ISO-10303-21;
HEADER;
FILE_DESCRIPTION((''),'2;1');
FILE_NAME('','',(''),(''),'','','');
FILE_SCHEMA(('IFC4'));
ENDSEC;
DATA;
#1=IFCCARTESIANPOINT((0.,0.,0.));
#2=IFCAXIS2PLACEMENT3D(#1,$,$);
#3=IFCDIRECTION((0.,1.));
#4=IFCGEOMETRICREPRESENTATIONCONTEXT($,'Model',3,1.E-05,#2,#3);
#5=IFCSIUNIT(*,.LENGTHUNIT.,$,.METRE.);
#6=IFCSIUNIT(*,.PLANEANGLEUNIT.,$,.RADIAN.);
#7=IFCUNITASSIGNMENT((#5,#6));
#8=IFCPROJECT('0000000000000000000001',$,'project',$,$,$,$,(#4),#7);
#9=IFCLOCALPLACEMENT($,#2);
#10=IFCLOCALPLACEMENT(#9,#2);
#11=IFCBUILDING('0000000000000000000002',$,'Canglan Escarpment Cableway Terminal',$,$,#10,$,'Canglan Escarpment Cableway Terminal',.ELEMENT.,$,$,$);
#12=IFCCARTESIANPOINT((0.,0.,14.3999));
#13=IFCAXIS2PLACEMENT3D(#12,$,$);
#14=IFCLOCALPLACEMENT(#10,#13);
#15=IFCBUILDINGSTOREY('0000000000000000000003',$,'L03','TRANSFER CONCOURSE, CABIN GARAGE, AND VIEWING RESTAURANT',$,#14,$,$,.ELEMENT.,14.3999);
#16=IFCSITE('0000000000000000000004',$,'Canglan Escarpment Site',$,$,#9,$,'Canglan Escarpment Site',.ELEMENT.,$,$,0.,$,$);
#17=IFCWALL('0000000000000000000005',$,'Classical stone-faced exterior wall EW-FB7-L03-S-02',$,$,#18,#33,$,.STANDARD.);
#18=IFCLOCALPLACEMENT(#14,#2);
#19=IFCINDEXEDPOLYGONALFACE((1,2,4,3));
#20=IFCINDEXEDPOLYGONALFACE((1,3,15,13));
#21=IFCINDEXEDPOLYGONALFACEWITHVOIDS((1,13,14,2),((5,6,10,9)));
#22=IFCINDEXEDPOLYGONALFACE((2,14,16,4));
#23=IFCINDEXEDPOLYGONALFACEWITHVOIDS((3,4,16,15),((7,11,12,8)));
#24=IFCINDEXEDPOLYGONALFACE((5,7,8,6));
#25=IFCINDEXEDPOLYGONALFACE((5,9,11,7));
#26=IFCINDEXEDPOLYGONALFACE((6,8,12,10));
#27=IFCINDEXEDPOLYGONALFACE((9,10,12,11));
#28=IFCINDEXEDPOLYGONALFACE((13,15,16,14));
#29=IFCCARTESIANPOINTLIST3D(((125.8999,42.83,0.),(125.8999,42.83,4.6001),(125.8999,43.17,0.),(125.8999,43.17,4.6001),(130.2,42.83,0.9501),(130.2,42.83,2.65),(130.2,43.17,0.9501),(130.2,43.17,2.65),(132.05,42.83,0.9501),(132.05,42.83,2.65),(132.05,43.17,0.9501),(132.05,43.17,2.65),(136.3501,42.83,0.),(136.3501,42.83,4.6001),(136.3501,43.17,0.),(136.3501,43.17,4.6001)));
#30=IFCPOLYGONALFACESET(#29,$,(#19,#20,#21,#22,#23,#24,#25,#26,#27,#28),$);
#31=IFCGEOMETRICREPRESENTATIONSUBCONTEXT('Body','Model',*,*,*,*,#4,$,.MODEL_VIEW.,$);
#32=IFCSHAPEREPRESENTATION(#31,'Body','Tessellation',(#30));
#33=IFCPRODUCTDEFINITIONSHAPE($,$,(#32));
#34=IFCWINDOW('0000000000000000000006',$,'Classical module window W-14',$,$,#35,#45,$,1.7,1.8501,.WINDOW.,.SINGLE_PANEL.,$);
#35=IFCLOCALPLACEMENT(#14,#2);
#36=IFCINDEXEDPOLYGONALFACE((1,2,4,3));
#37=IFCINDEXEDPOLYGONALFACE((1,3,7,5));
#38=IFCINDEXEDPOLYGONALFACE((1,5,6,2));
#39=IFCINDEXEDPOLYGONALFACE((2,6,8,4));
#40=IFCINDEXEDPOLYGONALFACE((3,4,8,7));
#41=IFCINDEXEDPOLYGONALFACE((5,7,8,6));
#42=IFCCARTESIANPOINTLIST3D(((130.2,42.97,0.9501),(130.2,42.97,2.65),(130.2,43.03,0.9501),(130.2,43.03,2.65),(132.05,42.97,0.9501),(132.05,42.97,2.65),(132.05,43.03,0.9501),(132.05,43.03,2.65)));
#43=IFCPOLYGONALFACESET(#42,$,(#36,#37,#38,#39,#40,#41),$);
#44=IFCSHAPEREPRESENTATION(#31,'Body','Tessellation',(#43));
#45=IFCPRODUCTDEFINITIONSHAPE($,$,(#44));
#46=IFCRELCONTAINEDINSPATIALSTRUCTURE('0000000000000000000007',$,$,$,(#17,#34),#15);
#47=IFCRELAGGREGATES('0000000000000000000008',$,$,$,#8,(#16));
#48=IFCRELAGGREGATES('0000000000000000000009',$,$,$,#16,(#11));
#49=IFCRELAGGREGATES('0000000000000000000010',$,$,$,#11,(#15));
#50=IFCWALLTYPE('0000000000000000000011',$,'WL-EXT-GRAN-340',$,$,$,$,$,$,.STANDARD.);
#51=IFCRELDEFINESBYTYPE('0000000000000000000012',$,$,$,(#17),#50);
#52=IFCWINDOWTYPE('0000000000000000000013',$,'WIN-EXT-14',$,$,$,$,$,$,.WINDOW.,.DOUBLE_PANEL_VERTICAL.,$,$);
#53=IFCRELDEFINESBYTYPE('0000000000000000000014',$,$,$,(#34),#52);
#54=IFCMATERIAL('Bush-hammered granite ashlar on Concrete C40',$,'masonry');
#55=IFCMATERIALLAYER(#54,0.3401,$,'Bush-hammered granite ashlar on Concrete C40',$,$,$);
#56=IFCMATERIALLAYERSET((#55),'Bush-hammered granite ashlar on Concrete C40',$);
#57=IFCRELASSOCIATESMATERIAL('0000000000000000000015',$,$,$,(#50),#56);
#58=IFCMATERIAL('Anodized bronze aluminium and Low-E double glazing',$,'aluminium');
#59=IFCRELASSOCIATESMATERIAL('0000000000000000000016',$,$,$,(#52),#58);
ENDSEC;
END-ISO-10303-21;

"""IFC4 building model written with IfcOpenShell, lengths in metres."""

from ifc_helpers import new_model, si_unit, direction, frame, frame_2d, origin, place, context, subcontext, project, spatial, rectangle, extrude, material, layer, layer_set, type_object, element, fill, save


model = new_model("IFC4")

# Units and contexts
model_context = context("Model", 3, precision=1e-05, world=origin(), true_north=direction((0.0, 1.0)))
body_context = subcontext(model_context, "Body", "Model", "MODEL_VIEW")
ifc_project = project(units=[si_unit("LENGTHUNIT", "METRE"), si_unit("PLANEANGLEUNIT", "RADIAN")], contexts=[model_context])

# Site, building, storey
site_placement = place(None, origin())
site = spatial("IfcSite", under=ifc_project, at=site_placement, Name="Canglan Escarpment Site", LongName="Canglan Escarpment Site", CompositionType="ELEMENT", RefElevation=0.0)
building_placement = place(site_placement, origin())
building = spatial("IfcBuilding", under=site, at=building_placement, Name="Canglan Escarpment Cableway Terminal", LongName="Canglan Escarpment Cableway Terminal", CompositionType="ELEMENT")
storey_placement = place(building_placement, frame((0.0, 0.0, 14.3999)))
storey = spatial("IfcBuildingStorey", under=building, at=storey_placement, Name="L03", Description="TRANSFER CONCOURSE, CABIN GARAGE, AND VIEWING RESTAURANT", CompositionType="ELEMENT", Elevation=14.3999)

# Wall, opening, window
ifc_material_1 = material(Name="Bush-hammered granite ashlar on Concrete C40", Category="masonry")
ifc_layer_1 = layer(ifc_material_1, 0.3401, Name="Bush-hammered granite ashlar on Concrete C40")
ifc_layer_set_1 = layer_set([ifc_layer_1], Name="Bush-hammered granite ashlar on Concrete C40")
wall_type = type_object("IfcWallType", Name="WL-EXT-GRAN-340", PredefinedType="STANDARD", material=ifc_layer_set_1)
wall_placement = place(storey_placement, frame((125.8999, 43.0, 0.0), z_axis=(0.0, 0.0, 1.0), x_axis=(1.0, 0.0, 0.0)))
wall = element("IfcWall", 1, at=wall_placement, inside=storey, type_object=wall_type, Name="Classical stone-faced exterior wall EW-FB7-L03-S-02", PredefinedType="STANDARD", context=body_context, shape_type="SweptSolid", body=[
    extrude(rectangle(XDim=10.4502, YDim=0.3401, at=frame_2d((5.2251, 0.0))), origin(), (0.0, 0.0, 1.0), 4.6001),
])
opening_placement = place(wall_placement, frame((4.3, 0.0, 0.95)))
opening = element("IfcOpeningElement", 2, at=opening_placement, cuts=wall, PredefinedType="OPENING", context=body_context, shape_type="SweptSolid", body=[
    extrude(rectangle(XDim=1.8501, YDim=1.7, at=frame_2d((0.925, 0.8501))), frame((0.0, 0.1802, 0.0), z_axis=(0.0, -1.0, 0.0), x_axis=(1.0, 0.0, 0.0)), (0.0, 0.0, 1.0), 0.3601),
])
ifc_material_2 = material(Name="Anodized bronze aluminium and Low-E double glazing", Category="aluminium")
window_type = type_object("IfcWindowType", Name="WIN-EXT-14", PartitioningType="DOUBLE_PANEL_VERTICAL", PredefinedType="WINDOW", material=ifc_material_2)
window_placement = place(opening_placement, origin())
window = element("IfcWindow", 3, at=window_placement, inside=storey, type_object=window_type, Name="Classical module window W-14", OverallHeight=1.7, OverallWidth=1.8501, PartitioningType="SINGLE_PANEL", PredefinedType="WINDOW", context=body_context, shape_type="SweptSolid", body=[
    extrude(rectangle(XDim=1.8501, YDim=1.7, at=frame_2d((0.925, 0.8501))), frame((0.0, 0.03, 0.0), z_axis=(0.0, -1.0, 0.0), x_axis=(1.0, 0.0, 0.0)), (0.0, 0.0, 1.0), 0.0601),
])
fill(opening, window)

save(model, "model.ifc")
